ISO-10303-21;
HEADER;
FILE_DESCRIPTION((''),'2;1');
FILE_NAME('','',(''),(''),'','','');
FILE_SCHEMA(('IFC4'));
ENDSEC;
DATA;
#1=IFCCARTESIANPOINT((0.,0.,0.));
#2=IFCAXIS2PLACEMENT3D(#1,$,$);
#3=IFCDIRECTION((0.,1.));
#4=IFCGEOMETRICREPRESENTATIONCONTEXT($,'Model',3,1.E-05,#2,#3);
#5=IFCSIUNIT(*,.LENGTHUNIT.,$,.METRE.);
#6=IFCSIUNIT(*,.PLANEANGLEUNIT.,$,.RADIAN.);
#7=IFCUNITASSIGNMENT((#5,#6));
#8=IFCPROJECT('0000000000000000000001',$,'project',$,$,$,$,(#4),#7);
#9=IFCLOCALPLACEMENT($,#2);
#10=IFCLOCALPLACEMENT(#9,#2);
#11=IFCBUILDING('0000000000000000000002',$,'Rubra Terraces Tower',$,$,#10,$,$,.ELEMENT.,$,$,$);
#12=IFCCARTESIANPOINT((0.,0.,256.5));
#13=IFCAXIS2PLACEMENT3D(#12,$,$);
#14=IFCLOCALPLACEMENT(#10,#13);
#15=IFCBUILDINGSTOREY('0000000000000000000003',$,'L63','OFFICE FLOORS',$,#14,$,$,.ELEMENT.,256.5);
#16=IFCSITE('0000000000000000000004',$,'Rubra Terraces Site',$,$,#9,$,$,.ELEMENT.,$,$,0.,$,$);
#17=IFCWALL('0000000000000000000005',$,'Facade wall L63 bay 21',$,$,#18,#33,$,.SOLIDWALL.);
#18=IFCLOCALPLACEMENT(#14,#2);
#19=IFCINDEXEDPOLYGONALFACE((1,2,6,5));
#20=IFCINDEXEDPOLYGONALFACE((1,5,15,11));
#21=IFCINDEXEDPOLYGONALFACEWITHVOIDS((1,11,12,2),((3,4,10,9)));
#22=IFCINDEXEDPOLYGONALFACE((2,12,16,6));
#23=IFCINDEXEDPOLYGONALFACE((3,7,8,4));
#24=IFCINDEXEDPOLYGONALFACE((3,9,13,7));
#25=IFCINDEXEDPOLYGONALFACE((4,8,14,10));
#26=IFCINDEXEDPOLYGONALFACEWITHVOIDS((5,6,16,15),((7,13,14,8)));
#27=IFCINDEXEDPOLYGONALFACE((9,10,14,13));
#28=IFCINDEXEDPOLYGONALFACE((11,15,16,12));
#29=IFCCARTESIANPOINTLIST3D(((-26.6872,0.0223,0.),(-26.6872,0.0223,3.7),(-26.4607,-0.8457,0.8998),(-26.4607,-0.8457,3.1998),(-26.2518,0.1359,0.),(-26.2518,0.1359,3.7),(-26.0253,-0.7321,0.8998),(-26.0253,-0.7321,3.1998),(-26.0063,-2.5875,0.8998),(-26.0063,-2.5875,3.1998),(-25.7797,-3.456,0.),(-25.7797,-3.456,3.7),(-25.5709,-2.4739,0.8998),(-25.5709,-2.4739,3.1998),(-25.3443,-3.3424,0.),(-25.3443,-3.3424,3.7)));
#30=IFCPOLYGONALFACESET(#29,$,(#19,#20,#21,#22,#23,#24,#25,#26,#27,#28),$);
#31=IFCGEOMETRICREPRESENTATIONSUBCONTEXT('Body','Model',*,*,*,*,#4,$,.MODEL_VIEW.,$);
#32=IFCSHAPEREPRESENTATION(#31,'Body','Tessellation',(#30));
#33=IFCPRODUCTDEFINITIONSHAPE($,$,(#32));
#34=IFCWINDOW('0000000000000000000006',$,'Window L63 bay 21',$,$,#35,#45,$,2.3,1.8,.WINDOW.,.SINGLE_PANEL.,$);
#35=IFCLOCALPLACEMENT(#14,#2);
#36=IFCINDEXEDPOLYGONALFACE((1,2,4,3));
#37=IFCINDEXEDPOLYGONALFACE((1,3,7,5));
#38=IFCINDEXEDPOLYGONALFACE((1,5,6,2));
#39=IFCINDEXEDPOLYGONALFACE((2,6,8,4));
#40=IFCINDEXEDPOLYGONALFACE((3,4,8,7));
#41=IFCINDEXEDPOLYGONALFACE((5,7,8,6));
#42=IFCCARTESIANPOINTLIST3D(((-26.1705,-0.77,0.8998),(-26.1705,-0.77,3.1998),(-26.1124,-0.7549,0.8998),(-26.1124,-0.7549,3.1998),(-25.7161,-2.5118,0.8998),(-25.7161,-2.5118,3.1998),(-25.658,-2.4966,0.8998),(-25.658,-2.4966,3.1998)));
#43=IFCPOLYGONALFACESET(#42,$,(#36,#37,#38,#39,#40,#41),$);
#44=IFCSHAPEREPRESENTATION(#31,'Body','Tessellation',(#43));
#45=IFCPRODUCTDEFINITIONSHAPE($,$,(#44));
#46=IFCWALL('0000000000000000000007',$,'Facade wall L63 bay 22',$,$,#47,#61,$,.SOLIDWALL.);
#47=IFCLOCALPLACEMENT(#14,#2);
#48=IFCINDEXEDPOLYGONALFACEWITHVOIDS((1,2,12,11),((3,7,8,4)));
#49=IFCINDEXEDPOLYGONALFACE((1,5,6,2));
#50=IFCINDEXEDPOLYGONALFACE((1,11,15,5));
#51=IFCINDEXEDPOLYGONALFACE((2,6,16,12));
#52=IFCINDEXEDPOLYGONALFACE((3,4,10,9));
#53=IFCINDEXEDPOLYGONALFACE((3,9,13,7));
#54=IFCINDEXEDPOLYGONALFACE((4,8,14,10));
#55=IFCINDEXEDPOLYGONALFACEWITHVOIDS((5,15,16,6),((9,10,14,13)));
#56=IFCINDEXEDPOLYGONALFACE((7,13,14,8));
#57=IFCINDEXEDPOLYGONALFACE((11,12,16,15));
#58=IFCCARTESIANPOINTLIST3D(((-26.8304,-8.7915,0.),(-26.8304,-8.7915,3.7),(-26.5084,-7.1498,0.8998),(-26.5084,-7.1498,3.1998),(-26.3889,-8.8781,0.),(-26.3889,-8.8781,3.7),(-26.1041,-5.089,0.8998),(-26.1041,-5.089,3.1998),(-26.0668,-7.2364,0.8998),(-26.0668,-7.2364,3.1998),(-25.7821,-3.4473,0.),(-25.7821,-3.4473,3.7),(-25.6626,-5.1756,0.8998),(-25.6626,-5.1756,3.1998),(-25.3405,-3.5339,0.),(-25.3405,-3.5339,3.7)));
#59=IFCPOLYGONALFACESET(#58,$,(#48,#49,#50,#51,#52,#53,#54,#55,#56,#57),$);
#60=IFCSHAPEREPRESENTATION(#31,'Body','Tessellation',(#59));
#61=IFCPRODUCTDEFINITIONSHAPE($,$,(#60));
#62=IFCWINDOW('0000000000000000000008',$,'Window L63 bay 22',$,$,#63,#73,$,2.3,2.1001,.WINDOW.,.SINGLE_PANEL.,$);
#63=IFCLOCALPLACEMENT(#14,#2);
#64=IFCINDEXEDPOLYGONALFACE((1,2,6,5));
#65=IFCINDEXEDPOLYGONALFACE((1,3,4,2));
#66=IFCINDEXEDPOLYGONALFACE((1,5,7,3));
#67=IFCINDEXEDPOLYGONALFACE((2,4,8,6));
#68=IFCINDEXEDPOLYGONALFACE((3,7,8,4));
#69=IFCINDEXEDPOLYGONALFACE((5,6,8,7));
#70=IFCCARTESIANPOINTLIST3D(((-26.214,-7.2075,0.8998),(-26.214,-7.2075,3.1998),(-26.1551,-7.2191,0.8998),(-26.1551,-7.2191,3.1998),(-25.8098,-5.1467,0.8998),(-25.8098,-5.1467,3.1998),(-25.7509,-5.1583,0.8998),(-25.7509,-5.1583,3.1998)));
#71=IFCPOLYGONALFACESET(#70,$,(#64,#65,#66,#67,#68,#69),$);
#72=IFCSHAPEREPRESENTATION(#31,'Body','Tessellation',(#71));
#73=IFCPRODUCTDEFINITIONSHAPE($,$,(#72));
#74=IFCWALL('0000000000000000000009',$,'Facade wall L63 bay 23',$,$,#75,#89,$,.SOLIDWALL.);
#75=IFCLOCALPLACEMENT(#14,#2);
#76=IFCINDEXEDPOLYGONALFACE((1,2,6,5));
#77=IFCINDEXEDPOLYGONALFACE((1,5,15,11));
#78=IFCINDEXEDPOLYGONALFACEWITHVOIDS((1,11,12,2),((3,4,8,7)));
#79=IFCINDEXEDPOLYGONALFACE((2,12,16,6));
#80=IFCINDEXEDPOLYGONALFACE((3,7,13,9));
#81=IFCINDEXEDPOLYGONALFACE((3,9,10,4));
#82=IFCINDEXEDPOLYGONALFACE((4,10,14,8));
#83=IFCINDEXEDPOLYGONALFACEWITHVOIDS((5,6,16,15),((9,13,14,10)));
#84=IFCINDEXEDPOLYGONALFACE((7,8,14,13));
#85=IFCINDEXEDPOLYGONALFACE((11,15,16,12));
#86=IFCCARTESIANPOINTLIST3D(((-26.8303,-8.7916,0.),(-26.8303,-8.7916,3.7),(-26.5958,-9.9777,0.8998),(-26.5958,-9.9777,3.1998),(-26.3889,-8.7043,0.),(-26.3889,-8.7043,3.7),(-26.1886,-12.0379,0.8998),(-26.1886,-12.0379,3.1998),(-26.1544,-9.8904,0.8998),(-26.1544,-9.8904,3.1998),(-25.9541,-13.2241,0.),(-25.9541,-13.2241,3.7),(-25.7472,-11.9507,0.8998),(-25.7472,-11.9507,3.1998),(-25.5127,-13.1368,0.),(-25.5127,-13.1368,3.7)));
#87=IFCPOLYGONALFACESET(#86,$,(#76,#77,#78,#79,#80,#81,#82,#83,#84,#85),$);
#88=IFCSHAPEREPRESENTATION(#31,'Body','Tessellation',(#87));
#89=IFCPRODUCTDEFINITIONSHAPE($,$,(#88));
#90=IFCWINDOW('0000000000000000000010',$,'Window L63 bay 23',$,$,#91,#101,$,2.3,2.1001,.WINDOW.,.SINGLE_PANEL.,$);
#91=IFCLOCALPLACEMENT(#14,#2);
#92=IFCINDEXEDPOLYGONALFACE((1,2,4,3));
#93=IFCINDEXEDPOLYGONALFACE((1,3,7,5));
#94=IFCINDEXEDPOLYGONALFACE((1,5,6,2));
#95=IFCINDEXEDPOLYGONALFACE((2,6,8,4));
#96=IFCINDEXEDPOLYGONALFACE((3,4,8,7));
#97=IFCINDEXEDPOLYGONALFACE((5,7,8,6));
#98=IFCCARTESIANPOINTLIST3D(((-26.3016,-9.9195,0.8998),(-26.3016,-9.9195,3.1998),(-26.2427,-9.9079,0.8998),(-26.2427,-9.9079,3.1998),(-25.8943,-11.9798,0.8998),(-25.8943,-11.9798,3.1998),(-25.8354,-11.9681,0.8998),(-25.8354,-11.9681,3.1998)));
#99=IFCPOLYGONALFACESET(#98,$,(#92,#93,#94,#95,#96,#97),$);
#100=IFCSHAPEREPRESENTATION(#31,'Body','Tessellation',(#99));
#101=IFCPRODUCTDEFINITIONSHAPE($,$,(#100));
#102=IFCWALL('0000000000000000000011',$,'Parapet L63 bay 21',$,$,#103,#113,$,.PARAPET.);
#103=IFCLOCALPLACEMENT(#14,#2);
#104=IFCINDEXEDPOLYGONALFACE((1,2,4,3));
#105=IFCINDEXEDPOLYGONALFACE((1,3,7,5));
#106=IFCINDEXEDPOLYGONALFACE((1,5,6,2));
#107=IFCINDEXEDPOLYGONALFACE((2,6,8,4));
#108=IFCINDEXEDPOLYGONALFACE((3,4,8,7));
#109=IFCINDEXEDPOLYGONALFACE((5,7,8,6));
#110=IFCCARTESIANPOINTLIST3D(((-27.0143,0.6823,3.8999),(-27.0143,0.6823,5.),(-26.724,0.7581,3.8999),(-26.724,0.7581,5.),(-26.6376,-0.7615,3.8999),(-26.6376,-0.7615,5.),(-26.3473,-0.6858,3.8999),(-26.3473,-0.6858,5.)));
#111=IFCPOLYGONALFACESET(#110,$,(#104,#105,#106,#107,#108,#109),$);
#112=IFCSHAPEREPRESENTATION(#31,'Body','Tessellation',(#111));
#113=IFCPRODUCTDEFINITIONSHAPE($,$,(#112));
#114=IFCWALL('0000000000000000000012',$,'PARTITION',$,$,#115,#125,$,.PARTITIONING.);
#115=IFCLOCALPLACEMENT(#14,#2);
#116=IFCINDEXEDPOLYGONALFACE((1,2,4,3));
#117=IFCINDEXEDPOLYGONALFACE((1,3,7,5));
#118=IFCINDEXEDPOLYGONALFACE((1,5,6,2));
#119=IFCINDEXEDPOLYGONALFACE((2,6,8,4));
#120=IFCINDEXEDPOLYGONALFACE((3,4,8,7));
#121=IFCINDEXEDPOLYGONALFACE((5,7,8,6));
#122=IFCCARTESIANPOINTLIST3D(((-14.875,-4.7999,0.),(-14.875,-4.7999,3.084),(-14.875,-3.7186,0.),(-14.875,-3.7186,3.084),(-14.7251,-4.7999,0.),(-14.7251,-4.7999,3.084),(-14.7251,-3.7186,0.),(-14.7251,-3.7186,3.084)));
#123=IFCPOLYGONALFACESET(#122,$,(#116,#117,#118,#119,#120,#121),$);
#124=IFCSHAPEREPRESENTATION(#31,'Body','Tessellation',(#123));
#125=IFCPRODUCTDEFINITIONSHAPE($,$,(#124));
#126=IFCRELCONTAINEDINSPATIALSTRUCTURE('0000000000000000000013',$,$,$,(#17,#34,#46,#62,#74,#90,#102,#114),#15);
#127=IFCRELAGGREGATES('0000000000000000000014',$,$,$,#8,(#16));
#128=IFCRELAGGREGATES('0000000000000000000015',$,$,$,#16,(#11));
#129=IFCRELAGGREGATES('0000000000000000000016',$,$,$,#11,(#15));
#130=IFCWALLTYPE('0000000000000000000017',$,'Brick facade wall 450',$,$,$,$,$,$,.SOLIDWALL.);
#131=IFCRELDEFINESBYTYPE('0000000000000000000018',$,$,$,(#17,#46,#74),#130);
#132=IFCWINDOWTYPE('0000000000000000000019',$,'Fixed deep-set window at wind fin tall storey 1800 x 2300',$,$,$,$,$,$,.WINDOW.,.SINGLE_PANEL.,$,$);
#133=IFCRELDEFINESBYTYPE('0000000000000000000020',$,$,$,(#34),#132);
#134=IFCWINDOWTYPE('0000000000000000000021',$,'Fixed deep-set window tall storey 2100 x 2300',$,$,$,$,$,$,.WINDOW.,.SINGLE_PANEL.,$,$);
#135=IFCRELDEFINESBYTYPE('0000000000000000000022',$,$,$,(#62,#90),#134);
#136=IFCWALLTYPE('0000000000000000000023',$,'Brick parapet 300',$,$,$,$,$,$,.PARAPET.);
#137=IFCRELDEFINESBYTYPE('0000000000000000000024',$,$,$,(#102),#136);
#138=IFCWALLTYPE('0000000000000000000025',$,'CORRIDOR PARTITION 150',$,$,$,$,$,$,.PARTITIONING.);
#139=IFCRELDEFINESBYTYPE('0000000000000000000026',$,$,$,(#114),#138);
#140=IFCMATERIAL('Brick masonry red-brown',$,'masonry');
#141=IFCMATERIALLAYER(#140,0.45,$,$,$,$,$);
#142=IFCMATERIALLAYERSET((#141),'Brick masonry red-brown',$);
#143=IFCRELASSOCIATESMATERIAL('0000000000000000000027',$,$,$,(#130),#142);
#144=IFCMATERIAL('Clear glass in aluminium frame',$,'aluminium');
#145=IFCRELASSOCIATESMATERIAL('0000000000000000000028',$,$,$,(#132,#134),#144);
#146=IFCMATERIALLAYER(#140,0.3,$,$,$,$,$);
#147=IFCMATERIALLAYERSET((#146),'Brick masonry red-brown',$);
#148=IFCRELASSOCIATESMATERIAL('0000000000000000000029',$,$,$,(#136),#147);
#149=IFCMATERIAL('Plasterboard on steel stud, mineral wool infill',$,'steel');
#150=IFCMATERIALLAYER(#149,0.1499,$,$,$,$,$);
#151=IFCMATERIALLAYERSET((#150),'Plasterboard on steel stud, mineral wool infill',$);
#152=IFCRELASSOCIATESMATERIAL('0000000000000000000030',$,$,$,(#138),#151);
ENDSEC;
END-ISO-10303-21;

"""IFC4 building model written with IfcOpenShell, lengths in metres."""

from ifc_helpers import new_model, si_unit, direction, frame, frame_2d, origin, place, context, subcontext, project, spatial, rectangle, extrude, material, layer, layer_set, type_object, element, fill, save


model = new_model("IFC4")

# Units and contexts
model_context = context("Model", 3, precision=1e-05, world=origin(), true_north=direction((0.0, 1.0)))
body_context = subcontext(model_context, "Body", "Model", "MODEL_VIEW")
ifc_project = project(units=[si_unit("LENGTHUNIT", "METRE"), si_unit("PLANEANGLEUNIT", "RADIAN")], contexts=[model_context])

# Site, building, storey
site_placement = place(None, origin())
site = spatial("IfcSite", under=ifc_project, at=site_placement, Name="Rubra Terraces Site", CompositionType="ELEMENT", RefElevation=0.0)
building_placement = place(site_placement, origin())
building = spatial("IfcBuilding", under=site, at=building_placement, Name="Rubra Terraces Tower", CompositionType="ELEMENT")
storey_placement = place(building_placement, frame((0.0, 0.0, 256.5)))
storey = spatial("IfcBuildingStorey", under=building, at=storey_placement, Name="L63", Description="OFFICE FLOORS", CompositionType="ELEMENT", Elevation=256.5)

# Walls, openings, windows
ifc_material_1 = material(Name="Brick masonry red-brown", Category="masonry")
ifc_layer_1 = layer(ifc_material_1, 0.45)
ifc_layer_set_1 = layer_set([ifc_layer_1], Name="Brick masonry red-brown")
wall_type_1 = type_object("IfcWallType", Name="Brick facade wall 450", PredefinedType="SOLIDWALL", material=ifc_layer_set_1)
wall_1_placement = place(storey_placement, frame((-26.4695, 0.0791, 0.0), z_axis=(0.0, 0.0, 1.0), x_axis=(0.252447, -0.967611, 0.0)))
wall_1 = element("IfcWall", 1, at=wall_1_placement, inside=storey, type_object=wall_type_1, Name="Facade wall L63 bay 21", PredefinedType="SOLIDWALL", context=body_context, shape_type="SweptSolid", body=[
    extrude(rectangle(XDim=3.5947, YDim=0.45, at=frame_2d((1.7974, 0.0))), origin(), (0.0, 0.0, 1.0), 3.7),
])
opening_1_placement = place(wall_1_placement, frame((0.8972, 0.0, 0.8999)))
opening_1 = element("IfcOpeningElement", 2, at=opening_1_placement, cuts=wall_1, PredefinedType="OPENING", context=body_context, shape_type="SweptSolid", body=[
    extrude(rectangle(XDim=1.8, YDim=2.3, at=frame_2d((0.8999, 1.1499))), frame((0.0, 0.2349, 0.0), z_axis=(0.0, -1.0, 0.0), x_axis=(1.0, 0.0, 0.0)), (0.0, 0.0, 1.0), 0.47),
])
ifc_material_2 = material(Name="Clear glass in aluminium frame", Category="aluminium")
window_type_1 = type_object("IfcWindowType", Name="Fixed deep-set window at wind fin tall storey 1800 x 2300", PartitioningType="SINGLE_PANEL", PredefinedType="WINDOW", material=ifc_material_2)
window_1_placement = place(opening_1_placement, origin())
window_1 = element("IfcWindow", 3, at=window_1_placement, inside=storey, type_object=window_type_1, Name="Window L63 bay 21", OverallHeight=2.3, OverallWidth=1.8, PartitioningType="SINGLE_PANEL", PredefinedType="WINDOW", context=body_context, shape_type="SweptSolid", body=[
    extrude(rectangle(XDim=1.8, YDim=2.3, at=frame_2d((0.8999, 1.1499))), frame((0.0, 0.135, 0.0), z_axis=(0.0, -1.0, 0.0), x_axis=(1.0, 0.0, 0.0)), (0.0, 0.0, 1.0), 0.0601),
])
fill(opening_1, window_1)
wall_2_placement = place(storey_placement, frame((-25.5613, -3.4905, 0.0), z_axis=(0.0, 0.0, 1.0), x_axis=(-0.192494, -0.981298, 0.0)))
wall_2 = element("IfcWall", 4, at=wall_2_placement, inside=storey, type_object=wall_type_1, Name="Facade wall L63 bay 22", PredefinedType="SOLIDWALL", context=body_context, shape_type="SweptSolid", body=[
    extrude(rectangle(XDim=5.446, YDim=0.45, at=frame_2d((2.7231, 0.0))), origin(), (0.0, 0.0, 1.0), 3.7),
])
opening_2_placement = place(wall_2_placement, frame((1.6731, 0.0, 0.8999)))
opening_2 = element("IfcOpeningElement", 5, at=opening_2_placement, cuts=wall_2, PredefinedType="OPENING", context=body_context, shape_type="SweptSolid", body=[
    extrude(rectangle(XDim=2.1001, YDim=2.3, at=frame_2d((1.05, 1.1499))), frame((0.0, 0.2349, 0.0), z_axis=(0.0, -1.0, 0.0), x_axis=(1.0, 0.0, 0.0)), (0.0, 0.0, 1.0), 0.47),
])
window_type_2 = type_object("IfcWindowType", Name="Fixed deep-set window tall storey 2100 x 2300", PartitioningType="SINGLE_PANEL", PredefinedType="WINDOW", material=ifc_material_2)
window_2_placement = place(opening_2_placement, origin())
window_2 = element("IfcWindow", 6, at=window_2_placement, inside=storey, type_object=window_type_2, Name="Window L63 bay 22", OverallHeight=2.3, OverallWidth=2.1001, PartitioningType="SINGLE_PANEL", PredefinedType="WINDOW", context=body_context, shape_type="SweptSolid", body=[
    extrude(rectangle(XDim=2.1001, YDim=2.3, at=frame_2d((1.05, 1.1499))), frame((0.0, 0.135, 0.0), z_axis=(0.0, -1.0, 0.0), x_axis=(1.0, 0.0, 0.0)), (0.0, 0.0, 1.0), 0.0601),
])
fill(opening_2, window_2)
wall_3_placement = place(storey_placement, frame((-26.6096, -8.7478, 0.0), z_axis=(0.0, 0.0, 1.0), x_axis=(0.193923, -0.981017, 0.0)))
wall_3 = element("IfcWall", 7, at=wall_3_placement, inside=storey, type_object=wall_type_1, Name="Facade wall L63 bay 23", PredefinedType="SOLIDWALL", context=body_context, shape_type="SweptSolid", body=[
    extrude(rectangle(XDim=4.5183, YDim=0.45, at=frame_2d((2.2593, 0.0))), origin(), (0.0, 0.0, 1.0), 3.7),
])
opening_3_placement = place(wall_3_placement, frame((1.2092, 0.0, 0.8999)))
opening_3 = element("IfcOpeningElement", 8, at=opening_3_placement, cuts=wall_3, PredefinedType="OPENING", context=body_context, shape_type="SweptSolid", body=[
    extrude(rectangle(XDim=2.1001, YDim=2.3, at=frame_2d((1.05, 1.1499))), frame((0.0, 0.2349, 0.0), z_axis=(0.0, -1.0, 0.0), x_axis=(1.0, 0.0, 0.0)), (0.0, 0.0, 1.0), 0.47),
])
window_3_placement = place(opening_3_placement, origin())
window_3 = element("IfcWindow", 9, at=window_3_placement, inside=storey, type_object=window_type_2, Name="Window L63 bay 23", OverallHeight=2.3, OverallWidth=2.1001, PartitioningType="SINGLE_PANEL", PredefinedType="WINDOW", context=body_context, shape_type="SweptSolid", body=[
    extrude(rectangle(XDim=2.1001, YDim=2.3, at=frame_2d((1.05, 1.1499))), frame((0.0, 0.135, 0.0), z_axis=(0.0, -1.0, 0.0), x_axis=(1.0, 0.0, 0.0)), (0.0, 0.0, 1.0), 0.0601),
])
fill(opening_3, window_3)

# Walls
ifc_layer_2 = layer(ifc_material_1, 0.3)
ifc_layer_set_2 = layer_set([ifc_layer_2], Name="Brick masonry red-brown")
wall_type_2 = type_object("IfcWallType", Name="Brick parapet 300", PredefinedType="PARAPET", material=ifc_layer_set_2)
wall_4_placement = place(storey_placement, frame((-26.8691, 0.7202, 3.8999), z_axis=(0.0, 0.0, 1.0), x_axis=(0.252455, -0.967609, 0.0)))
element("IfcWall", 10, at=wall_4_placement, inside=storey, type_object=wall_type_2, Name="Parapet L63 bay 21", PredefinedType="PARAPET", context=body_context, shape_type="SweptSolid", body=[
    extrude(rectangle(XDim=1.4922, YDim=0.3, at=frame_2d((0.7461, 0.0))), origin(), (0.0, 0.0, 1.0), 1.1001),
])
ifc_material_3 = material(Name="Plasterboard on steel stud, mineral wool infill", Category="steel")
ifc_layer_3 = layer(ifc_material_3, 0.1499)
ifc_layer_set_3 = layer_set([ifc_layer_3], Name="Plasterboard on steel stud, mineral wool infill")
wall_type_3 = type_object("IfcWallType", Name="CORRIDOR PARTITION 150", PredefinedType="PARTITIONING", material=ifc_layer_set_3)
wall_5_placement = place(storey_placement, frame((-14.8, -3.7188, 0.0), z_axis=(0.0, 0.0, 1.0), x_axis=(0.0, -1.0, 0.0)))
element("IfcWall", 11, at=wall_5_placement, inside=storey, type_object=wall_type_3, Name="PARTITION", PredefinedType="PARTITIONING", context=body_context, shape_type="SweptSolid", body=[
    extrude(rectangle(XDim=1.0813, YDim=0.1499, at=frame_2d((0.5405, 0.0))), origin(), (0.0, 0.0, 1.0), 3.084),
])

save(model, "model.ifc")
